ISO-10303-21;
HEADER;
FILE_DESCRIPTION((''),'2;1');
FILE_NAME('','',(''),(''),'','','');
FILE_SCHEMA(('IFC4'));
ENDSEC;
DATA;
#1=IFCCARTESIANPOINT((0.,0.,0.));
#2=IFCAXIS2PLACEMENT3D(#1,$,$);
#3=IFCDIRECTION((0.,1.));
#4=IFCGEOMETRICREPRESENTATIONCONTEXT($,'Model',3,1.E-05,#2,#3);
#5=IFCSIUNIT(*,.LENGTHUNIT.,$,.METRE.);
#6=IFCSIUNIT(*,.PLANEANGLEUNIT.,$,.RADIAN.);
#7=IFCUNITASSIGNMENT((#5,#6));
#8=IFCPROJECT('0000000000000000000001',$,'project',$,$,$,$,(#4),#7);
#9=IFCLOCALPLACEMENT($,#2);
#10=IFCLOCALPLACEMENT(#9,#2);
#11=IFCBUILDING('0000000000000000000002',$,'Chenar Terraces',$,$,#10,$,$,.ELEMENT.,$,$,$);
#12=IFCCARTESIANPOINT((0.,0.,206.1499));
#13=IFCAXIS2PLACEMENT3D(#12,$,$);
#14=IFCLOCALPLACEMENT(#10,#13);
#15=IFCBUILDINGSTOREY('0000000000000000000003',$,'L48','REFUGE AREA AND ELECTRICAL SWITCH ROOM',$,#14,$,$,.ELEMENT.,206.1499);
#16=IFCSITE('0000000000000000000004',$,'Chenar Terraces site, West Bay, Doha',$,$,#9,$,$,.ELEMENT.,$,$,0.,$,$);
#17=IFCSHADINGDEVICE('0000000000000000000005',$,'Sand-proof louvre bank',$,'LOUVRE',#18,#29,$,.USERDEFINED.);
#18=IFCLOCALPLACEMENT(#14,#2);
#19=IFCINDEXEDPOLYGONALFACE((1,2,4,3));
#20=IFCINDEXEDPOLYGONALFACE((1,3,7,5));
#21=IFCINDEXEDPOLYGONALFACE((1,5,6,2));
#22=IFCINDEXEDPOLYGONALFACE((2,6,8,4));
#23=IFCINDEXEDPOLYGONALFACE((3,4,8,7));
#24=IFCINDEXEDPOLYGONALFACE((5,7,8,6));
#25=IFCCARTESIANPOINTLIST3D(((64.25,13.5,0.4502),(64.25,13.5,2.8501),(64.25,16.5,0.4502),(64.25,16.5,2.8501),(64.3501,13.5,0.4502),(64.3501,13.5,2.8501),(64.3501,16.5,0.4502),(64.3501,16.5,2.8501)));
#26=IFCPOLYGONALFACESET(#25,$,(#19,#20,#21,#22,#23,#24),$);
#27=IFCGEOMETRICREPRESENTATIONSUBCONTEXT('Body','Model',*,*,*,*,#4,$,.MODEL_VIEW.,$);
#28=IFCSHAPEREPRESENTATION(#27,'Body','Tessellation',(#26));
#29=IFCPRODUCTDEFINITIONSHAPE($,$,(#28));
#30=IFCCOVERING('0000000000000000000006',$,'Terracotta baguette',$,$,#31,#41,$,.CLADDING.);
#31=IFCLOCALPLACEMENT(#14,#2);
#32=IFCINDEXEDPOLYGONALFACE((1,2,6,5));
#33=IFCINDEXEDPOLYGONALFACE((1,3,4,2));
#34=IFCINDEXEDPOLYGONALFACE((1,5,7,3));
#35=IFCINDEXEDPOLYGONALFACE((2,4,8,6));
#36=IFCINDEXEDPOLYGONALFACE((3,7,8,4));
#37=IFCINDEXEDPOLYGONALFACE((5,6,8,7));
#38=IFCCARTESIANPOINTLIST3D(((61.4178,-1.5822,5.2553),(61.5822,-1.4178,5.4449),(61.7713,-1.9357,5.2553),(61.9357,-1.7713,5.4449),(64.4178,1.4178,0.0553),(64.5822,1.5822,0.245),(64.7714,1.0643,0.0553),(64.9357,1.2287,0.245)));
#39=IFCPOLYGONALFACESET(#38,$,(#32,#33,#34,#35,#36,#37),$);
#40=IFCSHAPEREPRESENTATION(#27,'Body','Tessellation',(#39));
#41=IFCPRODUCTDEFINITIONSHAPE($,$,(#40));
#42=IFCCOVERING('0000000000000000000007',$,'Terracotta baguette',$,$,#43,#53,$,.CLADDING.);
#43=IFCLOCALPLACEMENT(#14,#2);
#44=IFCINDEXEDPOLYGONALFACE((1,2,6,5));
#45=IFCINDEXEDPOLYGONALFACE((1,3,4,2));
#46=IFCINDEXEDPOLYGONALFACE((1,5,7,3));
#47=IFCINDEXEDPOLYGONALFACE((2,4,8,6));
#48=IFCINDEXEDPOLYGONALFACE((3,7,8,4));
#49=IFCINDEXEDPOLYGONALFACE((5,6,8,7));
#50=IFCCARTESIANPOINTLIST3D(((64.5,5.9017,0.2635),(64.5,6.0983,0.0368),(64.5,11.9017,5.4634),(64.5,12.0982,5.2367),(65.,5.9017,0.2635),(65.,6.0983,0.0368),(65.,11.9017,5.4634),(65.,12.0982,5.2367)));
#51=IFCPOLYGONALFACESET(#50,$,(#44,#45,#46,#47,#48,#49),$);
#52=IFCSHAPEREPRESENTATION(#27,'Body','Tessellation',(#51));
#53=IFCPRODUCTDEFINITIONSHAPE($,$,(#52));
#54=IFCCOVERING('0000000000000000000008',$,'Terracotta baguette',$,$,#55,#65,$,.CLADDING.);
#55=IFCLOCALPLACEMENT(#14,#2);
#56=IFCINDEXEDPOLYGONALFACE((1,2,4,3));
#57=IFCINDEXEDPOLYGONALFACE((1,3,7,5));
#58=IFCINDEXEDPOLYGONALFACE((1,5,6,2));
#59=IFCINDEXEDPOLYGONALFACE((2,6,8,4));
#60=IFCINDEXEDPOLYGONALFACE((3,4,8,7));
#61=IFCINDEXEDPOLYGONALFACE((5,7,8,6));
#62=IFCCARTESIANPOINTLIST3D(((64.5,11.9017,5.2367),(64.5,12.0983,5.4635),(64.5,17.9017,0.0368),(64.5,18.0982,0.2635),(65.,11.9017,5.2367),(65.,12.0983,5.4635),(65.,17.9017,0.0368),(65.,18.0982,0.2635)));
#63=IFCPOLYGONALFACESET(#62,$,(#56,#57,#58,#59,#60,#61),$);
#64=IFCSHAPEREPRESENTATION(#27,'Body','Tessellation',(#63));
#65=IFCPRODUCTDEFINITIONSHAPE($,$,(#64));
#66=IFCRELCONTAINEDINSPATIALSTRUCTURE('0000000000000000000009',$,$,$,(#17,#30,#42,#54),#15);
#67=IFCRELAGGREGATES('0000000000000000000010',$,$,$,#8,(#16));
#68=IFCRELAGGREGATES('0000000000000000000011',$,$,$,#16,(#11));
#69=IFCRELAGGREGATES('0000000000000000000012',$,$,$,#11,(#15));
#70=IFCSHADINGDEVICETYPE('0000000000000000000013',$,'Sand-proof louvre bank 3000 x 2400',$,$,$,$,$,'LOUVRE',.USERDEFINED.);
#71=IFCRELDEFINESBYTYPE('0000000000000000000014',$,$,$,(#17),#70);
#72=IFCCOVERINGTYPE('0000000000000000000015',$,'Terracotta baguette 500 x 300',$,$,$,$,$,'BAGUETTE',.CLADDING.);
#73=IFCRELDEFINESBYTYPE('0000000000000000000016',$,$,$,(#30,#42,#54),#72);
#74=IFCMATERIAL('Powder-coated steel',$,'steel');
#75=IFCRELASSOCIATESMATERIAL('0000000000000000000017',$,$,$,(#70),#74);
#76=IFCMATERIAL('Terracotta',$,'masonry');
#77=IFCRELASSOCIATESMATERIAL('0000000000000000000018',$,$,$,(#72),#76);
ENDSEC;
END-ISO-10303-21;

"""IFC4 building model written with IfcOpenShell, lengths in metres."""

from ifc_helpers import new_model, si_unit, direction, frame, origin, origin_2d, place, context, subcontext, project, spatial, rectangle, extrude, material, material_profile, profile_set, type_object, element, save


model = new_model("IFC4")

# Units and contexts
model_context = context("Model", 3, precision=1e-05, world=origin(), true_north=direction((0.0, 1.0)))
body_context = subcontext(model_context, "Body", "Model", "MODEL_VIEW")
ifc_project = project(units=[si_unit("LENGTHUNIT", "METRE"), si_unit("PLANEANGLEUNIT", "RADIAN")], contexts=[model_context])

# Site, building, storey
site_placement = place(None, origin())
site = spatial("IfcSite", under=ifc_project, at=site_placement, Name="Chenar Terraces site, West Bay, Doha", CompositionType="ELEMENT", RefElevation=0.0)
building_placement = place(site_placement, origin())
building = spatial("IfcBuilding", under=site, at=building_placement, Name="Chenar Terraces", CompositionType="ELEMENT")
storey_placement = place(building_placement, frame((0.0, 0.0, 206.1499)))
storey = spatial("IfcBuildingStorey", under=building, at=storey_placement, Name="L48", Description="REFUGE AREA AND ELECTRICAL SWITCH ROOM", CompositionType="ELEMENT", Elevation=206.1499)

# Shading device
ifc_material_1 = material(Name="Powder-coated steel", Category="steel")
shading_device_type = type_object("IfcShadingDeviceType", Name="Sand-proof louvre bank 3000 x 2400", ElementType="LOUVRE", PredefinedType="USERDEFINED", material=ifc_material_1)
shading_device_placement = place(storey_placement, frame((64.3, 15.0, 0.4502), z_axis=(0.0, 0.0, 1.0), x_axis=(0.0, 1.0, 0.0)))
element("IfcShadingDevice", 1, at=shading_device_placement, inside=storey, type_object=shading_device_type, Name="Sand-proof louvre bank", ObjectType="LOUVRE", PredefinedType="USERDEFINED", context=body_context, shape_type="SweptSolid", body=[
    extrude(rectangle(XDim=3.0, YDim=0.1001, at=origin_2d()), origin(), (0.0, 0.0, 1.0), 2.3999),
])

# Coverings
ifc_material_2 = material(Name="Terracotta", Category="masonry")
ifc_material_profile_1 = material_profile(ifc_material_2, rectangle(XDim=0.5, YDim=0.3, at=origin_2d()), Name="Terracotta baguette 500 x 300")
ifc_profile_set_1 = profile_set([ifc_material_profile_1], Name="Terracotta")
covering_type = type_object("IfcCoveringType", Name="Terracotta baguette 500 x 300", ElementType="BAGUETTE", PredefinedType="CLADDING", material=ifc_profile_set_1)
covering_placement = place(storey_placement, frame((61.6768, -1.6768, 5.3501), z_axis=(0.447017, 0.447017, -0.774823), x_axis=(-0.707107, 0.707107, 0.0)))
element("IfcCovering", 2, at=covering_placement, inside=storey, type_object=covering_type, Name="Terracotta baguette", PredefinedType="CLADDING", context=body_context, shape_type="SweptSolid", body=[
    extrude(rectangle(XDim=0.5, YDim=0.3, at=origin_2d()), origin(), (0.0, 0.0, 1.0), 6.7112),
])
for number, where, z_axis, x_axis, name in (
    (3, (64.75, 6.0, 0.1501), (0.0, 0.755692, 0.654927), (-1.0, 0.0, 0.0), "Terracotta baguette"),
    (4, (64.75, 12.0, 5.3501), (0.0, 0.755692, -0.654927), (-1.0, 0.0, 0.0), "Terracotta baguette"),
):
    element("IfcCovering", number, at=place(storey_placement, frame(where, z_axis=z_axis, x_axis=x_axis)), inside=storey, type_object=covering_type, Name=name, PredefinedType="CLADDING", context=body_context, shape_type="SweptSolid", body=[
        extrude(rectangle(XDim=0.5, YDim=0.3, at=origin_2d()), origin(), (0.0, 0.0, 1.0), 7.9397),
    ])

save(model, "model.ifc")
